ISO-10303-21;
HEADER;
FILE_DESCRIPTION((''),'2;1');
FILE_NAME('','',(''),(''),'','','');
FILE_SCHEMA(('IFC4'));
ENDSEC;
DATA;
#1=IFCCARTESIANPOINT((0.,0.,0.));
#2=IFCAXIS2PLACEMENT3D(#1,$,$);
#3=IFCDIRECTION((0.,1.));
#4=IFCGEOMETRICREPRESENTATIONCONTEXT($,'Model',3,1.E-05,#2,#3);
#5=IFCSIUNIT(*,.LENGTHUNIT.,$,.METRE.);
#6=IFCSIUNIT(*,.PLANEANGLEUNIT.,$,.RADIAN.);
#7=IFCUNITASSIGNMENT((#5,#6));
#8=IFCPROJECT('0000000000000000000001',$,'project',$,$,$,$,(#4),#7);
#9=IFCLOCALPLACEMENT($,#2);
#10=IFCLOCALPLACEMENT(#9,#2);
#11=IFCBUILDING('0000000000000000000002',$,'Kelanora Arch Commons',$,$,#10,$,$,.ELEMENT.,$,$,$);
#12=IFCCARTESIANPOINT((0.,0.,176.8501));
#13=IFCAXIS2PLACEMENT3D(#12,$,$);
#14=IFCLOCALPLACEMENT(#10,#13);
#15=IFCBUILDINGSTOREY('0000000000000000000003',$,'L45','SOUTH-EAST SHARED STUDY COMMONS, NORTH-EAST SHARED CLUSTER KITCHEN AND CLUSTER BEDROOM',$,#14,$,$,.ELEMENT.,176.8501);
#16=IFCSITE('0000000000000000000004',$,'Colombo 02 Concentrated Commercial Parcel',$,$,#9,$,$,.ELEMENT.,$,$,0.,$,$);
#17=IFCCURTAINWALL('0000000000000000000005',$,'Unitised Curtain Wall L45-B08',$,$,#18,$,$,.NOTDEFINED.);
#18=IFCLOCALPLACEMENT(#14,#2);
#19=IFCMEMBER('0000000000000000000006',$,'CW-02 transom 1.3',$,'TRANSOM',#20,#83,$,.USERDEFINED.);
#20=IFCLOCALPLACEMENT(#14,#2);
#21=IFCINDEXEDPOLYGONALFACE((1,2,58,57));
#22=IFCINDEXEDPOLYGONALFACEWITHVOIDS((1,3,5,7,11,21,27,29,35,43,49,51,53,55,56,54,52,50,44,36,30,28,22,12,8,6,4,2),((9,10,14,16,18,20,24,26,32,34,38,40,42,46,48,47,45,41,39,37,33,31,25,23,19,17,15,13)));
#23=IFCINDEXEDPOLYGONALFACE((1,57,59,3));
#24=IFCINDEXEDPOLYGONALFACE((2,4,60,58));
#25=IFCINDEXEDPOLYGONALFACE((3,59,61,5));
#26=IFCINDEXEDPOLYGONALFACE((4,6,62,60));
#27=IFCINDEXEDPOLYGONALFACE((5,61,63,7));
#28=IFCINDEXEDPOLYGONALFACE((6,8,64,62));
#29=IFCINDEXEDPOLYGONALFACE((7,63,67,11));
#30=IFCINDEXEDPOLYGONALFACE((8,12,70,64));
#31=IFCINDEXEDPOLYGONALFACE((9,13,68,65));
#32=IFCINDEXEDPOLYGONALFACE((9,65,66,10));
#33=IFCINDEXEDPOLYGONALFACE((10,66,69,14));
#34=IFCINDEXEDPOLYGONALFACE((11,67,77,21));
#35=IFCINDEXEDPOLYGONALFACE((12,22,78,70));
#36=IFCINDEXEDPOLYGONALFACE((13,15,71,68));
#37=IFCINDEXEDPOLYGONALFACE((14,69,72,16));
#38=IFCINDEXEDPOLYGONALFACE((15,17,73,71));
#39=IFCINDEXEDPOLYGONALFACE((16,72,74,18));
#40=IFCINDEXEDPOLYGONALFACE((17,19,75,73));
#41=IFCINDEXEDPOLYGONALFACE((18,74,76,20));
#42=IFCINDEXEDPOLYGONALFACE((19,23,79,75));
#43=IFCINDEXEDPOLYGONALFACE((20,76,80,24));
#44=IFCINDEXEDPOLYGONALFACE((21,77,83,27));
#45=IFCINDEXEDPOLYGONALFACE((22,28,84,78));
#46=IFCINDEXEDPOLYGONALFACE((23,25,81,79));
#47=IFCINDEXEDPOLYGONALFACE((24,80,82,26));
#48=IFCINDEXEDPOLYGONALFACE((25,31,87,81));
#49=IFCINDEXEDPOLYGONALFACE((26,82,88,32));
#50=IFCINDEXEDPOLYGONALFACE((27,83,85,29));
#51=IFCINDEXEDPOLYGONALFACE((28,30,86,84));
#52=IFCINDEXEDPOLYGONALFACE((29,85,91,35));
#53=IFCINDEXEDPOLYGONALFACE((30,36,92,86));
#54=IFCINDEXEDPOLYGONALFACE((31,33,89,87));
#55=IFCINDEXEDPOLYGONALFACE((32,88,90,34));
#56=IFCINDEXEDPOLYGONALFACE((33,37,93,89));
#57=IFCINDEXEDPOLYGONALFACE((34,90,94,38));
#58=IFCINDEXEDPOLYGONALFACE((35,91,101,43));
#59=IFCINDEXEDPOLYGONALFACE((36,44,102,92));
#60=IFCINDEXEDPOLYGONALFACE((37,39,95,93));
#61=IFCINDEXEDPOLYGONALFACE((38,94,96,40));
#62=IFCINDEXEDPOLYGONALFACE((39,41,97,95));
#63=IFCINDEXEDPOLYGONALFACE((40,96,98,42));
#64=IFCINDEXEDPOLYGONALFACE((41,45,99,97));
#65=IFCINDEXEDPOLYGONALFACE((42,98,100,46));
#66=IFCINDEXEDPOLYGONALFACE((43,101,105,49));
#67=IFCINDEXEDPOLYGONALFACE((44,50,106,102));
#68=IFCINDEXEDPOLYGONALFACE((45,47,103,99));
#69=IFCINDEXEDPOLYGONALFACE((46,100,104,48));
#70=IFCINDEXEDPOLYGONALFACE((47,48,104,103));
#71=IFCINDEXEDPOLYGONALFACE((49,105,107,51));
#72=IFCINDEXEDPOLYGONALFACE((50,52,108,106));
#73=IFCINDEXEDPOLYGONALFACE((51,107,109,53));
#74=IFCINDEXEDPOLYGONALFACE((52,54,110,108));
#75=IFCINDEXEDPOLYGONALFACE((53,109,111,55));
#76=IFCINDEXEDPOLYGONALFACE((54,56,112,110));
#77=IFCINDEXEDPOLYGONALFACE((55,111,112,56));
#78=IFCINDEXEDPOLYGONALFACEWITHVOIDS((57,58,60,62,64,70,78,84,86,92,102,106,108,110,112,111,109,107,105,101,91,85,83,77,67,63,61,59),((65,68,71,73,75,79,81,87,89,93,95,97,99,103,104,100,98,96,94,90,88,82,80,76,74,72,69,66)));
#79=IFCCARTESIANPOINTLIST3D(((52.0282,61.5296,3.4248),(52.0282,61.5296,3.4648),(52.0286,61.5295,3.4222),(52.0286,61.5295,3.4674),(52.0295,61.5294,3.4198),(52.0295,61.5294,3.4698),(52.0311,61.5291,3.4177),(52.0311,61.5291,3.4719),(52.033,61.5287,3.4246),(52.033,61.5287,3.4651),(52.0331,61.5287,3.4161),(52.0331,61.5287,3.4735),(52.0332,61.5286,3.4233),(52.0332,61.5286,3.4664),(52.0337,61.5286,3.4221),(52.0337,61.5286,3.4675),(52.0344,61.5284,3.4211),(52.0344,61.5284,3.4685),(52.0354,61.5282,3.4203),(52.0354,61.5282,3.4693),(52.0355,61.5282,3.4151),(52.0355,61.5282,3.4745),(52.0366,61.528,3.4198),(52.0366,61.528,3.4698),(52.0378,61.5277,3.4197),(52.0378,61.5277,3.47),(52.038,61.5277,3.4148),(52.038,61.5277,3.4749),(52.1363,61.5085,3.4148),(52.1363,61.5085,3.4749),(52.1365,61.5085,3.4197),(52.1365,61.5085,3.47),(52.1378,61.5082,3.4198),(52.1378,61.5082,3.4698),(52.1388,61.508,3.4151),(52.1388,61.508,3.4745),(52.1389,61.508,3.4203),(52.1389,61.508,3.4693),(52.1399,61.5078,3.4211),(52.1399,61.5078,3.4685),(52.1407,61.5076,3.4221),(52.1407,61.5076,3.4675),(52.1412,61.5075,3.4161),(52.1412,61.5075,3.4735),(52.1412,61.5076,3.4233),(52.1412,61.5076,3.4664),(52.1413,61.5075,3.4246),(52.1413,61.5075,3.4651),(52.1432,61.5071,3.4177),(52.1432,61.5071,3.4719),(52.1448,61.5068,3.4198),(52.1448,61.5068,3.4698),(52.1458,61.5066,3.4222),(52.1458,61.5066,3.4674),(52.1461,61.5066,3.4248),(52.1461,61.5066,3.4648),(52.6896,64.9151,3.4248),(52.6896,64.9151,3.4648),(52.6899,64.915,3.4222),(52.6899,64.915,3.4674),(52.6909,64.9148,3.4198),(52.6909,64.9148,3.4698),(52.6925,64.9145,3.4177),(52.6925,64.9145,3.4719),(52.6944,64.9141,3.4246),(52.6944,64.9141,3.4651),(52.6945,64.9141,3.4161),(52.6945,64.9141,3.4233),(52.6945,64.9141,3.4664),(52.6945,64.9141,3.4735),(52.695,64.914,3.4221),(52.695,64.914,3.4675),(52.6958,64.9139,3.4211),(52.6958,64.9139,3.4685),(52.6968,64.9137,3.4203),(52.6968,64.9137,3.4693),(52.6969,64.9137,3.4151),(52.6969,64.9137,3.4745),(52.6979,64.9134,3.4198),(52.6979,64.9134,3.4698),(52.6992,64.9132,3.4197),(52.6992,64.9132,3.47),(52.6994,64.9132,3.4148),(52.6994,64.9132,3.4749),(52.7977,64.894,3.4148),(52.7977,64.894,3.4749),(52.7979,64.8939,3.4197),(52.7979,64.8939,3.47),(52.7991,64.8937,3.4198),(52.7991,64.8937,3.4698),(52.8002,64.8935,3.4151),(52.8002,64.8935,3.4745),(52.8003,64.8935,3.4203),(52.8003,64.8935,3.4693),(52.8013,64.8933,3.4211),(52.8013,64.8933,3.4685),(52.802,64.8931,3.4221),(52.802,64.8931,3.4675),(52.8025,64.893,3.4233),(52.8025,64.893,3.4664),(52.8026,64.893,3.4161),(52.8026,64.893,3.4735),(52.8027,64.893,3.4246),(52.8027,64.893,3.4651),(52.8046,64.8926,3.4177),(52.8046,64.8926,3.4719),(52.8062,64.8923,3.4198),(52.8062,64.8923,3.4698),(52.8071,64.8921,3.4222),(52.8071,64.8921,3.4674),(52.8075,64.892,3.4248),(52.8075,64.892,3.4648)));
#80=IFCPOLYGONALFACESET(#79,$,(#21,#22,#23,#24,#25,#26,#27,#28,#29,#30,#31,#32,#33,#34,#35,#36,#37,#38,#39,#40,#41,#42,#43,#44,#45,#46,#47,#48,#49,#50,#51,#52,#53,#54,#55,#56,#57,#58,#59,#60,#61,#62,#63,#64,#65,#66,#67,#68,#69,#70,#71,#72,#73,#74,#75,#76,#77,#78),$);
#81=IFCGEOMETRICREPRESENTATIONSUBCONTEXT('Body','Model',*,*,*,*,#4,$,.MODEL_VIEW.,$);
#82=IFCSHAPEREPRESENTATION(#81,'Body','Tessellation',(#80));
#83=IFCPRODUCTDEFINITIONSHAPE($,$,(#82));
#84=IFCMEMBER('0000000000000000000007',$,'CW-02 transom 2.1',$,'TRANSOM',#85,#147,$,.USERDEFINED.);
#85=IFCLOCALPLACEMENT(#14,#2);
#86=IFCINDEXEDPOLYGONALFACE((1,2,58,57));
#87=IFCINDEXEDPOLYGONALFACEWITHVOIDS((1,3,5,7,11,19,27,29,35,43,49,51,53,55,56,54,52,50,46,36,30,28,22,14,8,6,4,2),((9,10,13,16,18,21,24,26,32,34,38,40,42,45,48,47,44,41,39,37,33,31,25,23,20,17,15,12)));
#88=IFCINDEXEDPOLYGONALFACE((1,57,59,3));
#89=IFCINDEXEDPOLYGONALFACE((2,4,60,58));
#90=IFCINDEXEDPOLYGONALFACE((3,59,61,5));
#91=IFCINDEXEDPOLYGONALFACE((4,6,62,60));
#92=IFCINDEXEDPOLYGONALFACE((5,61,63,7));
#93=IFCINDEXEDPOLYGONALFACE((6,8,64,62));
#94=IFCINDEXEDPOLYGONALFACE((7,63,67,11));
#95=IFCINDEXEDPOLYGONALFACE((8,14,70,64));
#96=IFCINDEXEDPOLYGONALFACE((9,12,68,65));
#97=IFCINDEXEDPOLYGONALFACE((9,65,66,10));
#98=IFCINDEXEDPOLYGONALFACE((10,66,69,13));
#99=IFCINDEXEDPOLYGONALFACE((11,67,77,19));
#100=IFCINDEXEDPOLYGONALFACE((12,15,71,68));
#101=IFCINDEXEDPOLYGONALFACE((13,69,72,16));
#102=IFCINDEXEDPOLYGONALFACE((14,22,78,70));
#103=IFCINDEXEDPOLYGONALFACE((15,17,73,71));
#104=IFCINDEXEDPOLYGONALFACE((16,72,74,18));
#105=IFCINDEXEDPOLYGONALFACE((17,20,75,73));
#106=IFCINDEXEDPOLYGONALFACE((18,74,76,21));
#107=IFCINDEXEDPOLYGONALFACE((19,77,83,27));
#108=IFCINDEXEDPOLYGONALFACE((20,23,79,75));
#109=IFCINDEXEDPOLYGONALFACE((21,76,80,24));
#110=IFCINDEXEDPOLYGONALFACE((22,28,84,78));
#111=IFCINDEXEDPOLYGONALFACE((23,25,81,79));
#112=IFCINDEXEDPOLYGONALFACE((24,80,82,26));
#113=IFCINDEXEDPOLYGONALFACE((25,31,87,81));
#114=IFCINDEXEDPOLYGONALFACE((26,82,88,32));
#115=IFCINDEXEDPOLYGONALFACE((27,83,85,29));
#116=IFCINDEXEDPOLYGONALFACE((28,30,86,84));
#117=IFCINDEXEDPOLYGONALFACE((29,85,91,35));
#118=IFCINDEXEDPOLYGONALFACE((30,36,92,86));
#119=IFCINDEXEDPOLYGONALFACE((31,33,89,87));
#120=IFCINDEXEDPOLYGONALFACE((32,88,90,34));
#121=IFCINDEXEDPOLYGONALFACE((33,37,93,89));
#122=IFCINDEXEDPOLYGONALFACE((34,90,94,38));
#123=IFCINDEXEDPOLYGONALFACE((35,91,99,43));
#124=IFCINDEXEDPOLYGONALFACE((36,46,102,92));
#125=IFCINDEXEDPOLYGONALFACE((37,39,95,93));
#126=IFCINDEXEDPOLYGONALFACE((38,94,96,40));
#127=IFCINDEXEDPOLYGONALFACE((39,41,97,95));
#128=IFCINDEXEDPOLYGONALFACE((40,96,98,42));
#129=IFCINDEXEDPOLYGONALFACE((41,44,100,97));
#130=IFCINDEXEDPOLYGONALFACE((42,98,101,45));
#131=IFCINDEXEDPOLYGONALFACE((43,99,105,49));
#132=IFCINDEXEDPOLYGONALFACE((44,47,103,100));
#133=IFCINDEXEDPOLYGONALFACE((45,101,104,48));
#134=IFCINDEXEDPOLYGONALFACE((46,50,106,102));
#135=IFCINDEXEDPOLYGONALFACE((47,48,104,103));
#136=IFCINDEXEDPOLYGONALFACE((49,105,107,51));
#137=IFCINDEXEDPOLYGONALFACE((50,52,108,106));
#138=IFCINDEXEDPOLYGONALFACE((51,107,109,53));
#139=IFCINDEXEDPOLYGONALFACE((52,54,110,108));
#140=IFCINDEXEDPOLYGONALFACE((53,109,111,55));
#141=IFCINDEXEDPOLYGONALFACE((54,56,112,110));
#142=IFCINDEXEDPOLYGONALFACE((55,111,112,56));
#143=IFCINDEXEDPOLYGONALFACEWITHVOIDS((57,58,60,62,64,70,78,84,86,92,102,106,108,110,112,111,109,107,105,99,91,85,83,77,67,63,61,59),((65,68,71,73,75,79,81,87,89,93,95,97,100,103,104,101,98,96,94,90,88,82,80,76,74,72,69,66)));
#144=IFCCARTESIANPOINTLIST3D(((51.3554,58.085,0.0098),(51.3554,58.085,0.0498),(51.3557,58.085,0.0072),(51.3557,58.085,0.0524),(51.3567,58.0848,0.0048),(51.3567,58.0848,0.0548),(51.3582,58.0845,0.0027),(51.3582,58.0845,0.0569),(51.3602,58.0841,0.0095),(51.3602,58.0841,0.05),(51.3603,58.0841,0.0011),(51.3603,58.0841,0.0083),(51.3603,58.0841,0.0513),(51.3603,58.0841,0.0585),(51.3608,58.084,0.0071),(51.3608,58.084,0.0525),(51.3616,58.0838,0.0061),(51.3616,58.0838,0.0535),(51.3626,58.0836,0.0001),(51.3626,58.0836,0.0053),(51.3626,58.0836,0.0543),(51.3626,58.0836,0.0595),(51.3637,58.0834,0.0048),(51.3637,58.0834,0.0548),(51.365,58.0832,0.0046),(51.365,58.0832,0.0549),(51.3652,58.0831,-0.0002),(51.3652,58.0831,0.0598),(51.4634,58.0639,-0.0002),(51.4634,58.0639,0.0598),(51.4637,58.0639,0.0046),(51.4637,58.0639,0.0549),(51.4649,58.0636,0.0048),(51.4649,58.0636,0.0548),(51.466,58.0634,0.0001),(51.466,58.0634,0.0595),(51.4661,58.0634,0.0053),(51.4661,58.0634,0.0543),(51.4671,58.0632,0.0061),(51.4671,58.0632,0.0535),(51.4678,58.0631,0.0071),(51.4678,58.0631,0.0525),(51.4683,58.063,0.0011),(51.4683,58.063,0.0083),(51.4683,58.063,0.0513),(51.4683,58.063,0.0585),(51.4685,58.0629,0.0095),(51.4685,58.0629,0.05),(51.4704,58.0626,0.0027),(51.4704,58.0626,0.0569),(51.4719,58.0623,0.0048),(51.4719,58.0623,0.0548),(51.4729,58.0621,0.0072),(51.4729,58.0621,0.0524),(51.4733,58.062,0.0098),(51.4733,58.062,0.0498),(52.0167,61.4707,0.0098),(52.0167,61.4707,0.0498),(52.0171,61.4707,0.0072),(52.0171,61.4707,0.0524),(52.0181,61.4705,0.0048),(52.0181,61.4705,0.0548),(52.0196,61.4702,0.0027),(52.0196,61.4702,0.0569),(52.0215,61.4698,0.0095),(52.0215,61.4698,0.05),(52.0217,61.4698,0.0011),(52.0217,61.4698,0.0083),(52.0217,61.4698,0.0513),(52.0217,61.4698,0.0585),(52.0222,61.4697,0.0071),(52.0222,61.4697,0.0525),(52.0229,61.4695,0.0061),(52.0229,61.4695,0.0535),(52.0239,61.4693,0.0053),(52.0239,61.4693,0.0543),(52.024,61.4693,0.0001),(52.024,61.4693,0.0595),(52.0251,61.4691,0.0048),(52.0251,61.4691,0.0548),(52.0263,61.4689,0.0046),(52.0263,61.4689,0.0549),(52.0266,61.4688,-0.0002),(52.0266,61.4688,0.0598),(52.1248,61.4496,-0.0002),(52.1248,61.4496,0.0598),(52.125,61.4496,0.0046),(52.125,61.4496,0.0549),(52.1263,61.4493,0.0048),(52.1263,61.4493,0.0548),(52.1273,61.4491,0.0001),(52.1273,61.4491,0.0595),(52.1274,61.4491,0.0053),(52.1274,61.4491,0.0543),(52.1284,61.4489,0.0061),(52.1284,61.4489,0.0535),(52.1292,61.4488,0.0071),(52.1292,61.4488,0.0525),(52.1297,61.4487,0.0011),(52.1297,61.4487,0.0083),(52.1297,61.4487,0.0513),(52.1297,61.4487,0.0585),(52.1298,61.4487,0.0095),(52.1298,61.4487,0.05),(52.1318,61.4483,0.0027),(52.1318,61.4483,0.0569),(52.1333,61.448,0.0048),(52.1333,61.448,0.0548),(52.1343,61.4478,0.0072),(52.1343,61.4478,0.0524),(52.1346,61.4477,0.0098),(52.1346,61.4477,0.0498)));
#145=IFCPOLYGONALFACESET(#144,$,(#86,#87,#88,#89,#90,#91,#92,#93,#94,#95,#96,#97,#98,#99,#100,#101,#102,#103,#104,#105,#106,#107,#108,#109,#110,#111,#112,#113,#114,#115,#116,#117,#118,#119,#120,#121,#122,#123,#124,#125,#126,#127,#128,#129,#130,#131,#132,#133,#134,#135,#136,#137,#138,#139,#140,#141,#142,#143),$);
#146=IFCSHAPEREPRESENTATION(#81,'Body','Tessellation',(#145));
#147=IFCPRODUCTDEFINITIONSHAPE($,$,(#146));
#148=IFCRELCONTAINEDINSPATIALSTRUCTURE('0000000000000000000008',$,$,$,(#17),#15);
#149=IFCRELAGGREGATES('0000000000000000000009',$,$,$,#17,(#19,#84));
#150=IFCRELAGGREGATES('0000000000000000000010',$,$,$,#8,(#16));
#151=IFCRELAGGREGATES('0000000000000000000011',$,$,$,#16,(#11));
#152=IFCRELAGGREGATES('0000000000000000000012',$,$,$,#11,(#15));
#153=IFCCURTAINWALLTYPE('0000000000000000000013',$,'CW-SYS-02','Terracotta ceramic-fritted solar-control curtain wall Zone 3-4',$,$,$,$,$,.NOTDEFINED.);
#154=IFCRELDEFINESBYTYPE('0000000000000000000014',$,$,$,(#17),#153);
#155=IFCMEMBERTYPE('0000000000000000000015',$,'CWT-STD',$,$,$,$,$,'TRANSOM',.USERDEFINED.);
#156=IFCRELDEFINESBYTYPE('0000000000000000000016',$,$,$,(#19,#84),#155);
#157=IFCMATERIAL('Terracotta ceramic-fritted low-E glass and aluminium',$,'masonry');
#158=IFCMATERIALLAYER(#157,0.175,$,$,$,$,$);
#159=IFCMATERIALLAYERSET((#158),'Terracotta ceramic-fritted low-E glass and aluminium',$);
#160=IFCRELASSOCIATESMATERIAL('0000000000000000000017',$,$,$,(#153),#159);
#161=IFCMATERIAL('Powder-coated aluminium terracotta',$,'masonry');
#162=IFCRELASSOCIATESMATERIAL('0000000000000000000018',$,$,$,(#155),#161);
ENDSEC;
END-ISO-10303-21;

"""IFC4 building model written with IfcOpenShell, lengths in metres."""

from ifc_helpers import new_model, si_unit, direction, frame, origin, origin_2d, place, context, subcontext, project, spatial, hollow_rectangle, extrude, material, layer, layer_set, material_profile, profile_set, type_object, element, aggregate, save


model = new_model("IFC4")

# Units and contexts
model_context = context("Model", 3, precision=1e-05, world=origin(), true_north=direction((0.0, 1.0)))
body_context = subcontext(model_context, "Body", "Model", "MODEL_VIEW")
ifc_project = project(units=[si_unit("LENGTHUNIT", "METRE"), si_unit("PLANEANGLEUNIT", "RADIAN")], contexts=[model_context])

# Site, building, storey
site_placement = place(None, origin())
site = spatial("IfcSite", under=ifc_project, at=site_placement, Name="Colombo 02 Concentrated Commercial Parcel", CompositionType="ELEMENT", RefElevation=0.0)
building_placement = place(site_placement, origin())
building = spatial("IfcBuilding", under=site, at=building_placement, Name="Kelanora Arch Commons", CompositionType="ELEMENT")
storey_placement = place(building_placement, frame((0.0, 0.0, 176.8501)))
storey = spatial("IfcBuildingStorey", under=building, at=storey_placement, Name="L45", Description="SOUTH-EAST SHARED STUDY COMMONS, NORTH-EAST SHARED CLUSTER KITCHEN AND CLUSTER BEDROOM", CompositionType="ELEMENT", Elevation=176.8501)

# Curtain wall, members
ifc_material_1 = material(Name="Terracotta ceramic-fritted low-E glass and aluminium", Category="masonry")
ifc_layer_1 = layer(ifc_material_1, 0.175)
ifc_layer_set_1 = layer_set([ifc_layer_1], Name="Terracotta ceramic-fritted low-E glass and aluminium")
curtain_wall_type = type_object("IfcCurtainWallType", Name="CW-SYS-02", Description="Terracotta ceramic-fritted solar-control curtain wall Zone 3-4", PredefinedType="NOTDEFINED", material=ifc_layer_set_1)
curtain_wall_placement = place(storey_placement, origin())
curtain_wall = element("IfcCurtainWall", 1, at=curtain_wall_placement, inside=storey, type_object=curtain_wall_type, Name="Unitised Curtain Wall L45-B08", PredefinedType="NOTDEFINED")
ifc_material_2 = material(Name="Powder-coated aluminium terracotta", Category="masonry")
ifc_material_profile_1 = material_profile(ifc_material_2, hollow_rectangle(XDim=0.1201, YDim=0.0601, WallThickness=0.0049, InnerFilletRadius=0.0049, OuterFilletRadius=0.01, at=origin_2d()), Name="CWT120x60")
ifc_profile_set_1 = profile_set([ifc_material_profile_1], Name="Powder-coated aluminium terracotta")
member_type_1 = type_object("IfcMemberType", Name="CWT-STD", ElementType="TRANSOM", PredefinedType="USERDEFINED", material=ifc_profile_set_1)
member_1_placement = place(storey_placement, frame((52.7485, 64.9036, 3.4448), z_axis=(-0.191732, -0.981447, 0.0), x_axis=(0.981447, -0.191732, 0.0)))
member_1 = element("IfcMember", 2, at=member_1_placement, type_object=member_type_1, Name="CW-02 transom 1.3", ObjectType="TRANSOM", PredefinedType="USERDEFINED", context=body_context, shape_type="SweptSolid", body=[
    extrude(hollow_rectangle(XDim=0.1201, YDim=0.0601, WallThickness=0.0049, InnerFilletRadius=0.0049, OuterFilletRadius=0.01, at=origin_2d()), origin(), (0.0, 0.0, 1.0), 3.4495),
])
member_2_placement = place(storey_placement, frame((52.0757, 61.4592, 0.0298), z_axis=(-0.191718, -0.98145, 0.0), x_axis=(0.98145, -0.191718, 0.0)))
member_2 = element("IfcMember", 3, at=member_2_placement, type_object=member_type_1, Name="CW-02 transom 2.1", ObjectType="TRANSOM", PredefinedType="USERDEFINED", context=body_context, shape_type="SweptSolid", body=[
    extrude(hollow_rectangle(XDim=0.1201, YDim=0.0601, WallThickness=0.0049, InnerFilletRadius=0.0049, OuterFilletRadius=0.01, at=origin_2d()), origin(), (0.0, 0.0, 1.0), 3.4497),
])
aggregate(curtain_wall, [member_1, member_2])

save(model, "model.ifc")
